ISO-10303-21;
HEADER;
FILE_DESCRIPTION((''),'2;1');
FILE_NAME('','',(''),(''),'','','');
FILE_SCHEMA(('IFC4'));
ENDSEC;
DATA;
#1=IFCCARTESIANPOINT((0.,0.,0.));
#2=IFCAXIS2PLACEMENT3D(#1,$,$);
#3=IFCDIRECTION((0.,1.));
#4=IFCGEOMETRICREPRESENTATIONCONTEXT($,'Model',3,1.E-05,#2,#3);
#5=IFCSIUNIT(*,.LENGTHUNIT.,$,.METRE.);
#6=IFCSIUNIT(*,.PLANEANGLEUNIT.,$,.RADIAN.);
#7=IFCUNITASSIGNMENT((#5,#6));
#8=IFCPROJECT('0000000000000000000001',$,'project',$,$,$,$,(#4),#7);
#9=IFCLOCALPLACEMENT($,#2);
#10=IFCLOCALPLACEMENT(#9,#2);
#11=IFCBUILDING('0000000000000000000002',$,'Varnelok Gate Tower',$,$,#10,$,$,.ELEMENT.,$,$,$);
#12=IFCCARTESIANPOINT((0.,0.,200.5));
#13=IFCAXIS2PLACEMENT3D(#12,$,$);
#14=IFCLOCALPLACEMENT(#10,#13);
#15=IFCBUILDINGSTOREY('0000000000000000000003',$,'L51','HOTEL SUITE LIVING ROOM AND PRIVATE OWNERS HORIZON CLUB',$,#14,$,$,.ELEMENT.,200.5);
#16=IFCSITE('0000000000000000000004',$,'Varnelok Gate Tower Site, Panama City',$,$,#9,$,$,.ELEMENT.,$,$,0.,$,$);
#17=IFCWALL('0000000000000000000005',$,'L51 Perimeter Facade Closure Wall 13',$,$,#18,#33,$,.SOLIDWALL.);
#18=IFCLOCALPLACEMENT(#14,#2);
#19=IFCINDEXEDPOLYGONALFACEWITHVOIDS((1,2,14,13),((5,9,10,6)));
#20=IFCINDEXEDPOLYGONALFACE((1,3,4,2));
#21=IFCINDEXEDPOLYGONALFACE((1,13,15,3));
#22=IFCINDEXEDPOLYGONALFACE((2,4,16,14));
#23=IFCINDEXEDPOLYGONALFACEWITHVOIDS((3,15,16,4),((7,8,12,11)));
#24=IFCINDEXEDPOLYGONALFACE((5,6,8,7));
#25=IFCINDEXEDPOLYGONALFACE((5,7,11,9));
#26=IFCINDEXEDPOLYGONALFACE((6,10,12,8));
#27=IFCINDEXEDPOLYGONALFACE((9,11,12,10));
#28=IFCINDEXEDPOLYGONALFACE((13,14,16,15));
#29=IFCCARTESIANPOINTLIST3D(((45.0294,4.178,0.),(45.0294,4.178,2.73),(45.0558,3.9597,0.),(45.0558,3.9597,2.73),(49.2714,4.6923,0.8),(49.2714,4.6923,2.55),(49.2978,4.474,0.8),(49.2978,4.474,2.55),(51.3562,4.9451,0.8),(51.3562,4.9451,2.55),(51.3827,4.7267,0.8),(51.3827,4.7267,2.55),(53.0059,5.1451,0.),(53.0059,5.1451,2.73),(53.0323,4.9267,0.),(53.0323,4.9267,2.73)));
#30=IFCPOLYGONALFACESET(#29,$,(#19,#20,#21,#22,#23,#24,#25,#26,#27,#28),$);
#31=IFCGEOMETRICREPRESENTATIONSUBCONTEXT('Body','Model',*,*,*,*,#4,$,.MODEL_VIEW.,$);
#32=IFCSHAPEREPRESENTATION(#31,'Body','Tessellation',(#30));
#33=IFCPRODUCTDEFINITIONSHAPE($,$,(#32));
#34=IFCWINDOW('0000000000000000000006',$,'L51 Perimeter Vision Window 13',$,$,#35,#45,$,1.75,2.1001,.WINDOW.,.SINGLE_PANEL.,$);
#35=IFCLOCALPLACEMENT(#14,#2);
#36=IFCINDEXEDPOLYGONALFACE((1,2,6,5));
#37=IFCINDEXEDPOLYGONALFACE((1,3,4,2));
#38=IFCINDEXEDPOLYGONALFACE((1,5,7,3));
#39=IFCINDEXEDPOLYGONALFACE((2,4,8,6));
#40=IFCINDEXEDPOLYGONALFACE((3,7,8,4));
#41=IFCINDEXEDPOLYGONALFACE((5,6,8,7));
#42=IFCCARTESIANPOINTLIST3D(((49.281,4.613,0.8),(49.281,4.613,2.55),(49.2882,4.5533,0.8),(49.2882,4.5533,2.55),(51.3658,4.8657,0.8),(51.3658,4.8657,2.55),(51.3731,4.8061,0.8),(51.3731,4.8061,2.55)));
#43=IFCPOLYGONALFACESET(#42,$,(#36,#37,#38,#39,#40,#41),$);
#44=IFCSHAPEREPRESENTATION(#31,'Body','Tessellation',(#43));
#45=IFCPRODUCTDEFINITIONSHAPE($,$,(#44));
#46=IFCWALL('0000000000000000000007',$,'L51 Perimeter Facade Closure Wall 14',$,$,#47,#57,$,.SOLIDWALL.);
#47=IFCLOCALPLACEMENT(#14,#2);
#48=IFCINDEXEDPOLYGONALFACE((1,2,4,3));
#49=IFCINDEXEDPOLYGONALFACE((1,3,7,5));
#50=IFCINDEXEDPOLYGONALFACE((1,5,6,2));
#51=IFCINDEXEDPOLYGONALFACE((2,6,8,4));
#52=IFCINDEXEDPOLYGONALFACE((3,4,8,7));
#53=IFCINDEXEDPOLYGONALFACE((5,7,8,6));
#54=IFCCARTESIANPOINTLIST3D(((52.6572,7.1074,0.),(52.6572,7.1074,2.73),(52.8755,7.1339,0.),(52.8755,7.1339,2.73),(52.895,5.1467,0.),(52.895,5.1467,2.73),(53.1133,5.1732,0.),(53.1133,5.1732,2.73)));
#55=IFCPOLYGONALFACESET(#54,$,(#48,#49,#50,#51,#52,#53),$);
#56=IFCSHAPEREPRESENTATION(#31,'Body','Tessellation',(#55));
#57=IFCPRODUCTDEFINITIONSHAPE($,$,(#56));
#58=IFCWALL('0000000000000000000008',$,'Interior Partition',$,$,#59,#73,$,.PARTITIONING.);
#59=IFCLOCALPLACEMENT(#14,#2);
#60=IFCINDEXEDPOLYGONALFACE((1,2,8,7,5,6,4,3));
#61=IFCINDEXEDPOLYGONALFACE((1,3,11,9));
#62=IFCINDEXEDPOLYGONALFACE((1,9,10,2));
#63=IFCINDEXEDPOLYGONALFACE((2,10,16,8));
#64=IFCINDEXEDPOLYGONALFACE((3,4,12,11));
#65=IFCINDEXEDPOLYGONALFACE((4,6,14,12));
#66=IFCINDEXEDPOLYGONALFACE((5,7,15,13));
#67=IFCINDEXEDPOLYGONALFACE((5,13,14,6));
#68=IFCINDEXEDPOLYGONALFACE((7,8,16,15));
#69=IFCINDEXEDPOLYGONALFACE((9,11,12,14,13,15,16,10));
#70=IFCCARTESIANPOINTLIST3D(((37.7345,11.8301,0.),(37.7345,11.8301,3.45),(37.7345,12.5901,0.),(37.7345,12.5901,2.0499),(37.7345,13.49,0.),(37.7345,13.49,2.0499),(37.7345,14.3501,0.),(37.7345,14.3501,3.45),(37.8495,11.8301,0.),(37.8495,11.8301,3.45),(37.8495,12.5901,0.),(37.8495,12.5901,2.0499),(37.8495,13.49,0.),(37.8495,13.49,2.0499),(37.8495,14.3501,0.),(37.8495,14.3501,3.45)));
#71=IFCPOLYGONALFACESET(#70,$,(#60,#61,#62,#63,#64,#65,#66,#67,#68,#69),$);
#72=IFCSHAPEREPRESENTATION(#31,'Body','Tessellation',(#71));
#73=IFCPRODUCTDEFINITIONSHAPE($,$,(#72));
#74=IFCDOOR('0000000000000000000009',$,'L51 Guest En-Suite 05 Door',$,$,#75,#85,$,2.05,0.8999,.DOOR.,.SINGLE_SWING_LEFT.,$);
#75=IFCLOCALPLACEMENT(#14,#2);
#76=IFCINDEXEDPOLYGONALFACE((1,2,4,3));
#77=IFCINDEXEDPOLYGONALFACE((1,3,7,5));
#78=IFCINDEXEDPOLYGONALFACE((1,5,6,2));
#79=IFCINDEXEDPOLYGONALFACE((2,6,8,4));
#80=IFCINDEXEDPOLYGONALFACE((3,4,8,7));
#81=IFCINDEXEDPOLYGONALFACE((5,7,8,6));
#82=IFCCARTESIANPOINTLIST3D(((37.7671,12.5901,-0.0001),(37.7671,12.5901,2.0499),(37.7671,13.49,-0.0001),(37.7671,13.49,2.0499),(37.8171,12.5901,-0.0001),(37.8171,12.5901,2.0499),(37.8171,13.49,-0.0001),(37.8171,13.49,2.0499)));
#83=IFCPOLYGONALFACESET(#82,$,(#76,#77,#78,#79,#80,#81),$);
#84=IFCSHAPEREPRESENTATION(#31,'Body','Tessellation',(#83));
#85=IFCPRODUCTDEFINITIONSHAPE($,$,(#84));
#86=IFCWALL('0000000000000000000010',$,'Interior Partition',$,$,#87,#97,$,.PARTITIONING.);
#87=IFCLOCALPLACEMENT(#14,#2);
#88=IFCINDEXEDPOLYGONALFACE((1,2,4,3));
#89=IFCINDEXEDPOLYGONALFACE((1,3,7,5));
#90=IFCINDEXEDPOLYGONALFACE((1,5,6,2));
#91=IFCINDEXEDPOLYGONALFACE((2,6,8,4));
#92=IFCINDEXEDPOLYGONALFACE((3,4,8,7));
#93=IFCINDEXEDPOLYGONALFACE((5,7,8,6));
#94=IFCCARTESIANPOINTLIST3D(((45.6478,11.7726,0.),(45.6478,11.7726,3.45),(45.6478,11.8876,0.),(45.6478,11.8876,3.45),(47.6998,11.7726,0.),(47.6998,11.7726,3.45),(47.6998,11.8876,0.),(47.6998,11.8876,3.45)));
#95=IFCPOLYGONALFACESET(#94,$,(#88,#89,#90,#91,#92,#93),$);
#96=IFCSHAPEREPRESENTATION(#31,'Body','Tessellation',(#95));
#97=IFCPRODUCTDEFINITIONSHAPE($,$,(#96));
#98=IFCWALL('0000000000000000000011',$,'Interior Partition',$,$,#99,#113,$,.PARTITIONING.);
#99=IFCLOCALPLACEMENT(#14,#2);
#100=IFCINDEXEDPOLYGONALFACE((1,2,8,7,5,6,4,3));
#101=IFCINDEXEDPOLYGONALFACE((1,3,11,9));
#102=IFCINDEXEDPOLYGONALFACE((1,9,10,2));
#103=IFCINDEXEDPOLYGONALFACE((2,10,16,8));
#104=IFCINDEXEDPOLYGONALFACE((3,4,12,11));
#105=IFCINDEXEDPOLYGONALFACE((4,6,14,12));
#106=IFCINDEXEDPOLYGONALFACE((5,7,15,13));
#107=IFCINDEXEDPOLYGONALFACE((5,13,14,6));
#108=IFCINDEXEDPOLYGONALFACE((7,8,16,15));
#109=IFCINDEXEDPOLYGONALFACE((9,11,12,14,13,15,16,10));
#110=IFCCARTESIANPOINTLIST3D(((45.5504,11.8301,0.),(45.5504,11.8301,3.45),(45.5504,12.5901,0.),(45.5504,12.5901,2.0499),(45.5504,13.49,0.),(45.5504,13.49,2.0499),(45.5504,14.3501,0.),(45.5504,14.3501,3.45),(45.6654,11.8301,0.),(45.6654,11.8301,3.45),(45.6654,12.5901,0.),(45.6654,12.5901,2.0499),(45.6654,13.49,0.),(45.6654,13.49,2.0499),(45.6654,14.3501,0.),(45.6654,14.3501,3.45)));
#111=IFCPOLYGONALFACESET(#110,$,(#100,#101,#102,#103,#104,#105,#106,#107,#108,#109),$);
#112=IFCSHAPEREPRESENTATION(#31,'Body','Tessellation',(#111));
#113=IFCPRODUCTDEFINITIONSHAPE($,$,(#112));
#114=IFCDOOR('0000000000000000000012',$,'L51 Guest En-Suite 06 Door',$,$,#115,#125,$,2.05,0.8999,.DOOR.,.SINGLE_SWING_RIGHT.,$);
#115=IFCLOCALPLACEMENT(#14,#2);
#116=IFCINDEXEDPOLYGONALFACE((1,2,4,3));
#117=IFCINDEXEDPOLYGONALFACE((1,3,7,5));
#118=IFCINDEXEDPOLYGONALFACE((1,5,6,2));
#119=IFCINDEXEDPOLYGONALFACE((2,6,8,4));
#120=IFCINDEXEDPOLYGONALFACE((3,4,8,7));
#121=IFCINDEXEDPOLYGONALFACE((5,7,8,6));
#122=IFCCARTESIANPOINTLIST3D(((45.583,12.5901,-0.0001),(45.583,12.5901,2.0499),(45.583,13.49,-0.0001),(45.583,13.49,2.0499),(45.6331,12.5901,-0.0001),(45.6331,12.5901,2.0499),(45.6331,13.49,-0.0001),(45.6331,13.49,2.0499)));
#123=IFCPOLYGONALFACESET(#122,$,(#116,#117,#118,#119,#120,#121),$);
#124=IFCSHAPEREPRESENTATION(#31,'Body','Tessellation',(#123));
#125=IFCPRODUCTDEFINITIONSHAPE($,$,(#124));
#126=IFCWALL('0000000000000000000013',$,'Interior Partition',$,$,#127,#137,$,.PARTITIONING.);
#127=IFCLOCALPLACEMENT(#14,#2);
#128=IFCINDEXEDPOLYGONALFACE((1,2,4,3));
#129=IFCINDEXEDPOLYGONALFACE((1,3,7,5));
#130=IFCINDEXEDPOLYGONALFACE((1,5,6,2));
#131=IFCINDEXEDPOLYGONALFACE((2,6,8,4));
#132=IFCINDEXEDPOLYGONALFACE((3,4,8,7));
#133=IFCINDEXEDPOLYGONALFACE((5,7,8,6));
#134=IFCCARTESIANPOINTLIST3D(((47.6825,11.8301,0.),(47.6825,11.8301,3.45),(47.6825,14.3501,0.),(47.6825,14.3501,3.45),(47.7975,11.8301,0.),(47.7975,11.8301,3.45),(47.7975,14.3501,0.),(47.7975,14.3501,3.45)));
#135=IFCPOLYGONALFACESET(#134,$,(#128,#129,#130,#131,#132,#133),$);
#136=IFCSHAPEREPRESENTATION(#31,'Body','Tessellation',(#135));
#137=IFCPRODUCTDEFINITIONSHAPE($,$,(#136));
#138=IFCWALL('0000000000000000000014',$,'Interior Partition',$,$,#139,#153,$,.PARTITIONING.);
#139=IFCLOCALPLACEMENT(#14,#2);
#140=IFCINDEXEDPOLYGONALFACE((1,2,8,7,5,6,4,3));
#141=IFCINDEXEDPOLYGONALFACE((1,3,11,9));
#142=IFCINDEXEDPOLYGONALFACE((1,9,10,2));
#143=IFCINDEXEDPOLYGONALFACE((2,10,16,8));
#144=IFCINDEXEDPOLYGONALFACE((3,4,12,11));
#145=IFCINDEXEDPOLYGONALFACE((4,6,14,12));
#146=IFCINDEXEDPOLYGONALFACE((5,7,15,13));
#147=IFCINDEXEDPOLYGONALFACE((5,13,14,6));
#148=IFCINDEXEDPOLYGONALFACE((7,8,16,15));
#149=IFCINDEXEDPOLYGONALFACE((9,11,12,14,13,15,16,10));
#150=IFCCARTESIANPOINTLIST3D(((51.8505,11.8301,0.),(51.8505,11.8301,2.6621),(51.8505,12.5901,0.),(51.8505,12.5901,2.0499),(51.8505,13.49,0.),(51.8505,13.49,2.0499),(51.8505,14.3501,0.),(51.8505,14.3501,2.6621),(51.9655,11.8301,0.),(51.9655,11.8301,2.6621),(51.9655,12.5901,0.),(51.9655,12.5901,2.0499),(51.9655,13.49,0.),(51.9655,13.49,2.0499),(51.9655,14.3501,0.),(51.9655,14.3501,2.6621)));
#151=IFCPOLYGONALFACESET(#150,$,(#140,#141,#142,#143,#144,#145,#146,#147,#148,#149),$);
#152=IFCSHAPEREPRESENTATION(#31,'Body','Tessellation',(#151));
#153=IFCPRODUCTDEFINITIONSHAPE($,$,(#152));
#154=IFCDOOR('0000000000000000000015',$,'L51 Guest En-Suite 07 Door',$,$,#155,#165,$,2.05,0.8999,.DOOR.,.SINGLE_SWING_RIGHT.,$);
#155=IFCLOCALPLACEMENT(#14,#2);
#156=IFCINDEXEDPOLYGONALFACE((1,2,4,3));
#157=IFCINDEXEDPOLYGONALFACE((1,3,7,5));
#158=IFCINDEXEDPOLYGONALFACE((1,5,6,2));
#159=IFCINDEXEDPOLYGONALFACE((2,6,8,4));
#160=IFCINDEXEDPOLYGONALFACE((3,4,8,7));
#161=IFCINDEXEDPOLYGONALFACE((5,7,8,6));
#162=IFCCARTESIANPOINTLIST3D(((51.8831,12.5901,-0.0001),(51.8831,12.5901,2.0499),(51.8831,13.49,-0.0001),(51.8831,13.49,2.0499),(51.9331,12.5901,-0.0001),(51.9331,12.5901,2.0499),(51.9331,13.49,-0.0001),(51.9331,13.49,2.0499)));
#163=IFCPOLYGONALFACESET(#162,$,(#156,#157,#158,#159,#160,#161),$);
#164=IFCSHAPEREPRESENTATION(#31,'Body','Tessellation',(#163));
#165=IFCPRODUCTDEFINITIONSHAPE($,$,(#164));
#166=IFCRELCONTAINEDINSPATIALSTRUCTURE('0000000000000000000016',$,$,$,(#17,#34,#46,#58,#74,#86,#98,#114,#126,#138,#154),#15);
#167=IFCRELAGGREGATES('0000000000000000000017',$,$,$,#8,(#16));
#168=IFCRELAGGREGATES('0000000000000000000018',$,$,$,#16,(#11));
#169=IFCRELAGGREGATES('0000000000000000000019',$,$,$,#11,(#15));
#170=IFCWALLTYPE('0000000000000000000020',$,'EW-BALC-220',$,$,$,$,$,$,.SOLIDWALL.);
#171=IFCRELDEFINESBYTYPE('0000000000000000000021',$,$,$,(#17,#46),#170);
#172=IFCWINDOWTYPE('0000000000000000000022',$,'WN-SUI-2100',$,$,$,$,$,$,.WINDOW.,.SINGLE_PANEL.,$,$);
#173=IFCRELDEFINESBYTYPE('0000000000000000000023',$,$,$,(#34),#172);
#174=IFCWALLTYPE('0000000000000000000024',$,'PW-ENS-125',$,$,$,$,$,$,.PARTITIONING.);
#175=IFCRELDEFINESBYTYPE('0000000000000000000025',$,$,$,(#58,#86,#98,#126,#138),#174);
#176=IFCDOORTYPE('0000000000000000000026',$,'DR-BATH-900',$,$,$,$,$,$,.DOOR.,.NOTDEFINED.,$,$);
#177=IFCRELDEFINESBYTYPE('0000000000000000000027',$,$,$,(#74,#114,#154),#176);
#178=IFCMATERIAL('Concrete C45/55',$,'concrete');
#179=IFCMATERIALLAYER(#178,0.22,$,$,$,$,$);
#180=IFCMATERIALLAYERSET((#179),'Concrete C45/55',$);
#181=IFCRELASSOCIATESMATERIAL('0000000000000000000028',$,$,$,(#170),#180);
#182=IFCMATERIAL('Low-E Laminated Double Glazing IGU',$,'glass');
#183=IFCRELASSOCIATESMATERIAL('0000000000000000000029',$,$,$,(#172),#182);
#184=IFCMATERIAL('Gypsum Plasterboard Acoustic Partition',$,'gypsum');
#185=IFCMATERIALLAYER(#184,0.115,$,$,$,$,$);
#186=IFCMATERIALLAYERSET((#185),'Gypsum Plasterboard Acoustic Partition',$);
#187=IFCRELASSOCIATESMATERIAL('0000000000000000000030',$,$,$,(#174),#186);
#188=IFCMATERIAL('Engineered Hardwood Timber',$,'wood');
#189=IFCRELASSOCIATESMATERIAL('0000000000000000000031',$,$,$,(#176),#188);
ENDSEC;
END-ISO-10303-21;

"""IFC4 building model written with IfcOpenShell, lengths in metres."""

from ifc_helpers import new_model, si_unit, direction, frame, frame_2d, origin, place, context, subcontext, project, spatial, rectangle, extrude, material, layer, layer_set, type_object, element, fill, save


model = new_model("IFC4")

# Units and contexts
model_context = context("Model", 3, precision=1e-05, world=origin(), true_north=direction((0.0, 1.0)))
body_context = subcontext(model_context, "Body", "Model", "MODEL_VIEW")
ifc_project = project(units=[si_unit("LENGTHUNIT", "METRE"), si_unit("PLANEANGLEUNIT", "RADIAN")], contexts=[model_context])

# Site, building, storey
site_placement = place(None, origin())
site = spatial("IfcSite", under=ifc_project, at=site_placement, Name="Varnelok Gate Tower Site, Panama City", CompositionType="ELEMENT", RefElevation=0.0)
building_placement = place(site_placement, origin())
building = spatial("IfcBuilding", under=site, at=building_placement, Name="Varnelok Gate Tower", CompositionType="ELEMENT")
storey_placement = place(building_placement, frame((0.0, 0.0, 200.5)))
storey = spatial("IfcBuildingStorey", under=building, at=storey_placement, Name="L51", Description="HOTEL SUITE LIVING ROOM AND PRIVATE OWNERS HORIZON CLUB", CompositionType="ELEMENT", Elevation=200.5)

# Shared definitions
ifc_material_1 = material(Name="Concrete C45/55", Category="concrete")
ifc_layer_1 = layer(ifc_material_1, 0.22)
ifc_layer_set_1 = layer_set([ifc_layer_1], Name="Concrete C45/55")
wall_type_1 = type_object("IfcWallType", Name="EW-BALC-220", PredefinedType="SOLIDWALL", material=ifc_layer_set_1)
ifc_material_2 = material(Name="Low-E Laminated Double Glazing IGU", Category="glass")

# Wall, opening, window
wall_1_placement = place(storey_placement, frame((45.0425, 4.0688, 0.0), z_axis=(0.0, 0.0, 1.0), x_axis=(0.992731, 0.120354, 0.0)))
wall_1 = element("IfcWall", 1, at=wall_1_placement, inside=storey, type_object=wall_type_1, Name="L51 Perimeter Facade Closure Wall 13", PredefinedType="SOLIDWALL", context=body_context, shape_type="SweptSolid", body=[
    extrude(rectangle(XDim=8.0349, YDim=0.22, at=frame_2d((4.0176, 0.0))), origin(), (0.0, 0.0, 1.0), 2.73),
])
opening_1_placement = place(wall_1_placement, frame((4.2732, 0.0, 0.8)))
opening_1 = element("IfcOpeningElement", 2, at=opening_1_placement, cuts=wall_1, PredefinedType="OPENING", context=body_context, shape_type="SweptSolid", body=[
    extrude(rectangle(XDim=2.1001, YDim=1.75, at=frame_2d((1.05, 0.875))), frame((0.0, 0.1199, 0.0), z_axis=(0.0, -1.0, 0.0), x_axis=(1.0, 0.0, 0.0)), (0.0, 0.0, 1.0), 0.24),
])
window_type_1 = type_object("IfcWindowType", Name="WN-SUI-2100", PartitioningType="SINGLE_PANEL", PredefinedType="WINDOW", material=ifc_material_2)
window_1_placement = place(opening_1_placement, origin())
window_1 = element("IfcWindow", 3, at=window_1_placement, inside=storey, type_object=window_type_1, Name="L51 Perimeter Vision Window 13", OverallHeight=1.75, OverallWidth=2.1001, PartitioningType="SINGLE_PANEL", PredefinedType="WINDOW", context=body_context, shape_type="SweptSolid", body=[
    extrude(rectangle(XDim=2.1001, YDim=1.75, at=frame_2d((1.05, 0.875))), frame((0.0, 0.03, 0.0), z_axis=(0.0, -1.0, 0.0), x_axis=(1.0, 0.0, 0.0)), (0.0, 0.0, 1.0), 0.0601),
])
fill(opening_1, window_1)

# Wall
wall_2_placement = place(storey_placement, frame((53.0042, 5.1599, 0.0), z_axis=(0.0, 0.0, 1.0), x_axis=(-0.120398, 0.992726, 0.0)))
element("IfcWall", 4, at=wall_2_placement, inside=storey, type_object=wall_type_1, Name="L51 Perimeter Facade Closure Wall 14", PredefinedType="SOLIDWALL", context=body_context, shape_type="SweptSolid", body=[
    extrude(rectangle(XDim=1.9751, YDim=0.22, at=frame_2d((0.9875, 0.0))), origin(), (0.0, 0.0, 1.0), 2.73),
])

# Wall, opening, door
ifc_material_3 = material(Name="Gypsum Plasterboard Acoustic Partition", Category="gypsum")
ifc_layer_2 = layer(ifc_material_3, 0.115)
ifc_layer_set_2 = layer_set([ifc_layer_2], Name="Gypsum Plasterboard Acoustic Partition")
wall_type_2 = type_object("IfcWallType", Name="PW-ENS-125", PredefinedType="PARTITIONING", material=ifc_layer_set_2)
wall_3_placement = place(storey_placement, frame((37.792, 11.8301, 0.0), z_axis=(0.0, 0.0, 1.0), x_axis=(0.0, 1.0, 0.0)))
wall_3 = element("IfcWall", 5, at=wall_3_placement, inside=storey, type_object=wall_type_2, Name="Interior Partition", PredefinedType="PARTITIONING", context=body_context, shape_type="SweptSolid", body=[
    extrude(rectangle(XDim=2.52, YDim=0.115, at=frame_2d((1.26, 0.0))), origin(), (0.0, 0.0, 1.0), 3.45),
])
opening_2_placement = place(wall_3_placement, frame((0.76, 0.0, 0.0)))
opening_2 = element("IfcOpeningElement", 6, at=opening_2_placement, cuts=wall_3, PredefinedType="OPENING", context=body_context, shape_type="SweptSolid", body=[
    extrude(rectangle(XDim=0.8999, YDim=2.05, at=frame_2d((0.45, 1.0249))), frame((0.0, 0.0674, 0.0), z_axis=(0.0, -1.0, 0.0), x_axis=(1.0, 0.0, 0.0)), (0.0, 0.0, 1.0), 0.135),
])
ifc_material_4 = material(Name="Engineered Hardwood Timber", Category="wood")
door_type_1 = type_object("IfcDoorType", Name="DR-BATH-900", OperationType="NOTDEFINED", PredefinedType="DOOR", material=ifc_material_4)
door_1_placement = place(opening_2_placement, origin())
door_1 = element("IfcDoor", 7, at=door_1_placement, inside=storey, type_object=door_type_1, Name="L51 Guest En-Suite 05 Door", OperationType="SINGLE_SWING_LEFT", OverallHeight=2.05, OverallWidth=0.8999, PredefinedType="DOOR", context=body_context, shape_type="SweptSolid", body=[
    extrude(rectangle(XDim=0.8999, YDim=2.05, at=frame_2d((0.45, 1.0249))), frame((0.0, 0.0249, 0.0), z_axis=(0.0, -1.0, 0.0), x_axis=(1.0, 0.0, 0.0)), (0.0, 0.0, 1.0), 0.05),
])
fill(opening_2, door_1)

# Wall
wall_4_placement = place(storey_placement, frame((45.6479, 11.8301, 0.0), z_axis=(0.0, 0.0, 1.0), x_axis=(1.0, 0.0, 0.0)))
element("IfcWall", 8, at=wall_4_placement, inside=storey, type_object=wall_type_2, Name="Interior Partition", PredefinedType="PARTITIONING", context=body_context, shape_type="SweptSolid", body=[
    extrude(rectangle(XDim=2.052, YDim=0.115, at=frame_2d((1.0259, 0.0))), origin(), (0.0, 0.0, 1.0), 3.45),
])

# Wall, opening, door
wall_5_placement = place(storey_placement, frame((45.6079, 11.8301, 0.0), z_axis=(0.0, 0.0, 1.0), x_axis=(0.0, 1.0, 0.0)))
wall_5 = element("IfcWall", 9, at=wall_5_placement, inside=storey, type_object=wall_type_2, Name="Interior Partition", PredefinedType="PARTITIONING", context=body_context, shape_type="SweptSolid", body=[
    extrude(rectangle(XDim=2.52, YDim=0.115, at=frame_2d((1.26, 0.0))), origin(), (0.0, 0.0, 1.0), 3.45),
])
opening_3_placement = place(wall_5_placement, frame((0.76, 0.0, 0.0)))
opening_3 = element("IfcOpeningElement", 10, at=opening_3_placement, cuts=wall_5, PredefinedType="OPENING", context=body_context, shape_type="SweptSolid", body=[
    extrude(rectangle(XDim=0.8999, YDim=2.05, at=frame_2d((0.45, 1.0249))), frame((0.0, 0.0674, 0.0), z_axis=(0.0, -1.0, 0.0), x_axis=(1.0, 0.0, 0.0)), (0.0, 0.0, 1.0), 0.135),
])
door_2_placement = place(opening_3_placement, origin())
door_2 = element("IfcDoor", 11, at=door_2_placement, inside=storey, type_object=door_type_1, Name="L51 Guest En-Suite 06 Door", OperationType="SINGLE_SWING_RIGHT", OverallHeight=2.05, OverallWidth=0.8999, PredefinedType="DOOR", context=body_context, shape_type="SweptSolid", body=[
    extrude(rectangle(XDim=0.8999, YDim=2.05, at=frame_2d((0.45, 1.0249))), frame((0.0, 0.0249, 0.0), z_axis=(0.0, -1.0, 0.0), x_axis=(1.0, 0.0, 0.0)), (0.0, 0.0, 1.0), 0.05),
])
fill(opening_3, door_2)

# Wall
wall_6_placement = place(storey_placement, frame((47.74, 11.8301, 0.0), z_axis=(0.0, 0.0, 1.0), x_axis=(0.0, 1.0, 0.0)))
element("IfcWall", 12, at=wall_6_placement, inside=storey, type_object=wall_type_2, Name="Interior Partition", PredefinedType="PARTITIONING", context=body_context, shape_type="SweptSolid", body=[
    extrude(rectangle(XDim=2.52, YDim=0.115, at=frame_2d((1.26, 0.0))), origin(), (0.0, 0.0, 1.0), 3.45),
])

# Wall, opening, door
wall_7_placement = place(storey_placement, frame((51.908, 11.8301, 0.0), z_axis=(0.0, 0.0, 1.0), x_axis=(0.0, 1.0, 0.0)))
wall_7 = element("IfcWall", 13, at=wall_7_placement, inside=storey, type_object=wall_type_2, Name="Interior Partition", PredefinedType="PARTITIONING", context=body_context, shape_type="SweptSolid", body=[
    extrude(rectangle(XDim=2.52, YDim=0.115, at=frame_2d((1.26, 0.0))), origin(), (0.0, 0.0, 1.0), 2.6621),
])
opening_4_placement = place(wall_7_placement, frame((0.76, 0.0, 0.0)))
opening_4 = element("IfcOpeningElement", 14, at=opening_4_placement, cuts=wall_7, PredefinedType="OPENING", context=body_context, shape_type="SweptSolid", body=[
    extrude(rectangle(XDim=0.8999, YDim=2.05, at=frame_2d((0.45, 1.0249))), frame((0.0, 0.0674, 0.0), z_axis=(0.0, -1.0, 0.0), x_axis=(1.0, 0.0, 0.0)), (0.0, 0.0, 1.0), 0.135),
])
door_3_placement = place(opening_4_placement, origin())
door_3 = element("IfcDoor", 15, at=door_3_placement, inside=storey, type_object=door_type_1, Name="L51 Guest En-Suite 07 Door", OperationType="SINGLE_SWING_RIGHT", OverallHeight=2.05, OverallWidth=0.8999, PredefinedType="DOOR", context=body_context, shape_type="SweptSolid", body=[
    extrude(rectangle(XDim=0.8999, YDim=2.05, at=frame_2d((0.45, 1.0249))), frame((0.0, 0.0249, 0.0), z_axis=(0.0, -1.0, 0.0), x_axis=(1.0, 0.0, 0.0)), (0.0, 0.0, 1.0), 0.05),
])
fill(opening_4, door_3)

save(model, "model.ifc")
